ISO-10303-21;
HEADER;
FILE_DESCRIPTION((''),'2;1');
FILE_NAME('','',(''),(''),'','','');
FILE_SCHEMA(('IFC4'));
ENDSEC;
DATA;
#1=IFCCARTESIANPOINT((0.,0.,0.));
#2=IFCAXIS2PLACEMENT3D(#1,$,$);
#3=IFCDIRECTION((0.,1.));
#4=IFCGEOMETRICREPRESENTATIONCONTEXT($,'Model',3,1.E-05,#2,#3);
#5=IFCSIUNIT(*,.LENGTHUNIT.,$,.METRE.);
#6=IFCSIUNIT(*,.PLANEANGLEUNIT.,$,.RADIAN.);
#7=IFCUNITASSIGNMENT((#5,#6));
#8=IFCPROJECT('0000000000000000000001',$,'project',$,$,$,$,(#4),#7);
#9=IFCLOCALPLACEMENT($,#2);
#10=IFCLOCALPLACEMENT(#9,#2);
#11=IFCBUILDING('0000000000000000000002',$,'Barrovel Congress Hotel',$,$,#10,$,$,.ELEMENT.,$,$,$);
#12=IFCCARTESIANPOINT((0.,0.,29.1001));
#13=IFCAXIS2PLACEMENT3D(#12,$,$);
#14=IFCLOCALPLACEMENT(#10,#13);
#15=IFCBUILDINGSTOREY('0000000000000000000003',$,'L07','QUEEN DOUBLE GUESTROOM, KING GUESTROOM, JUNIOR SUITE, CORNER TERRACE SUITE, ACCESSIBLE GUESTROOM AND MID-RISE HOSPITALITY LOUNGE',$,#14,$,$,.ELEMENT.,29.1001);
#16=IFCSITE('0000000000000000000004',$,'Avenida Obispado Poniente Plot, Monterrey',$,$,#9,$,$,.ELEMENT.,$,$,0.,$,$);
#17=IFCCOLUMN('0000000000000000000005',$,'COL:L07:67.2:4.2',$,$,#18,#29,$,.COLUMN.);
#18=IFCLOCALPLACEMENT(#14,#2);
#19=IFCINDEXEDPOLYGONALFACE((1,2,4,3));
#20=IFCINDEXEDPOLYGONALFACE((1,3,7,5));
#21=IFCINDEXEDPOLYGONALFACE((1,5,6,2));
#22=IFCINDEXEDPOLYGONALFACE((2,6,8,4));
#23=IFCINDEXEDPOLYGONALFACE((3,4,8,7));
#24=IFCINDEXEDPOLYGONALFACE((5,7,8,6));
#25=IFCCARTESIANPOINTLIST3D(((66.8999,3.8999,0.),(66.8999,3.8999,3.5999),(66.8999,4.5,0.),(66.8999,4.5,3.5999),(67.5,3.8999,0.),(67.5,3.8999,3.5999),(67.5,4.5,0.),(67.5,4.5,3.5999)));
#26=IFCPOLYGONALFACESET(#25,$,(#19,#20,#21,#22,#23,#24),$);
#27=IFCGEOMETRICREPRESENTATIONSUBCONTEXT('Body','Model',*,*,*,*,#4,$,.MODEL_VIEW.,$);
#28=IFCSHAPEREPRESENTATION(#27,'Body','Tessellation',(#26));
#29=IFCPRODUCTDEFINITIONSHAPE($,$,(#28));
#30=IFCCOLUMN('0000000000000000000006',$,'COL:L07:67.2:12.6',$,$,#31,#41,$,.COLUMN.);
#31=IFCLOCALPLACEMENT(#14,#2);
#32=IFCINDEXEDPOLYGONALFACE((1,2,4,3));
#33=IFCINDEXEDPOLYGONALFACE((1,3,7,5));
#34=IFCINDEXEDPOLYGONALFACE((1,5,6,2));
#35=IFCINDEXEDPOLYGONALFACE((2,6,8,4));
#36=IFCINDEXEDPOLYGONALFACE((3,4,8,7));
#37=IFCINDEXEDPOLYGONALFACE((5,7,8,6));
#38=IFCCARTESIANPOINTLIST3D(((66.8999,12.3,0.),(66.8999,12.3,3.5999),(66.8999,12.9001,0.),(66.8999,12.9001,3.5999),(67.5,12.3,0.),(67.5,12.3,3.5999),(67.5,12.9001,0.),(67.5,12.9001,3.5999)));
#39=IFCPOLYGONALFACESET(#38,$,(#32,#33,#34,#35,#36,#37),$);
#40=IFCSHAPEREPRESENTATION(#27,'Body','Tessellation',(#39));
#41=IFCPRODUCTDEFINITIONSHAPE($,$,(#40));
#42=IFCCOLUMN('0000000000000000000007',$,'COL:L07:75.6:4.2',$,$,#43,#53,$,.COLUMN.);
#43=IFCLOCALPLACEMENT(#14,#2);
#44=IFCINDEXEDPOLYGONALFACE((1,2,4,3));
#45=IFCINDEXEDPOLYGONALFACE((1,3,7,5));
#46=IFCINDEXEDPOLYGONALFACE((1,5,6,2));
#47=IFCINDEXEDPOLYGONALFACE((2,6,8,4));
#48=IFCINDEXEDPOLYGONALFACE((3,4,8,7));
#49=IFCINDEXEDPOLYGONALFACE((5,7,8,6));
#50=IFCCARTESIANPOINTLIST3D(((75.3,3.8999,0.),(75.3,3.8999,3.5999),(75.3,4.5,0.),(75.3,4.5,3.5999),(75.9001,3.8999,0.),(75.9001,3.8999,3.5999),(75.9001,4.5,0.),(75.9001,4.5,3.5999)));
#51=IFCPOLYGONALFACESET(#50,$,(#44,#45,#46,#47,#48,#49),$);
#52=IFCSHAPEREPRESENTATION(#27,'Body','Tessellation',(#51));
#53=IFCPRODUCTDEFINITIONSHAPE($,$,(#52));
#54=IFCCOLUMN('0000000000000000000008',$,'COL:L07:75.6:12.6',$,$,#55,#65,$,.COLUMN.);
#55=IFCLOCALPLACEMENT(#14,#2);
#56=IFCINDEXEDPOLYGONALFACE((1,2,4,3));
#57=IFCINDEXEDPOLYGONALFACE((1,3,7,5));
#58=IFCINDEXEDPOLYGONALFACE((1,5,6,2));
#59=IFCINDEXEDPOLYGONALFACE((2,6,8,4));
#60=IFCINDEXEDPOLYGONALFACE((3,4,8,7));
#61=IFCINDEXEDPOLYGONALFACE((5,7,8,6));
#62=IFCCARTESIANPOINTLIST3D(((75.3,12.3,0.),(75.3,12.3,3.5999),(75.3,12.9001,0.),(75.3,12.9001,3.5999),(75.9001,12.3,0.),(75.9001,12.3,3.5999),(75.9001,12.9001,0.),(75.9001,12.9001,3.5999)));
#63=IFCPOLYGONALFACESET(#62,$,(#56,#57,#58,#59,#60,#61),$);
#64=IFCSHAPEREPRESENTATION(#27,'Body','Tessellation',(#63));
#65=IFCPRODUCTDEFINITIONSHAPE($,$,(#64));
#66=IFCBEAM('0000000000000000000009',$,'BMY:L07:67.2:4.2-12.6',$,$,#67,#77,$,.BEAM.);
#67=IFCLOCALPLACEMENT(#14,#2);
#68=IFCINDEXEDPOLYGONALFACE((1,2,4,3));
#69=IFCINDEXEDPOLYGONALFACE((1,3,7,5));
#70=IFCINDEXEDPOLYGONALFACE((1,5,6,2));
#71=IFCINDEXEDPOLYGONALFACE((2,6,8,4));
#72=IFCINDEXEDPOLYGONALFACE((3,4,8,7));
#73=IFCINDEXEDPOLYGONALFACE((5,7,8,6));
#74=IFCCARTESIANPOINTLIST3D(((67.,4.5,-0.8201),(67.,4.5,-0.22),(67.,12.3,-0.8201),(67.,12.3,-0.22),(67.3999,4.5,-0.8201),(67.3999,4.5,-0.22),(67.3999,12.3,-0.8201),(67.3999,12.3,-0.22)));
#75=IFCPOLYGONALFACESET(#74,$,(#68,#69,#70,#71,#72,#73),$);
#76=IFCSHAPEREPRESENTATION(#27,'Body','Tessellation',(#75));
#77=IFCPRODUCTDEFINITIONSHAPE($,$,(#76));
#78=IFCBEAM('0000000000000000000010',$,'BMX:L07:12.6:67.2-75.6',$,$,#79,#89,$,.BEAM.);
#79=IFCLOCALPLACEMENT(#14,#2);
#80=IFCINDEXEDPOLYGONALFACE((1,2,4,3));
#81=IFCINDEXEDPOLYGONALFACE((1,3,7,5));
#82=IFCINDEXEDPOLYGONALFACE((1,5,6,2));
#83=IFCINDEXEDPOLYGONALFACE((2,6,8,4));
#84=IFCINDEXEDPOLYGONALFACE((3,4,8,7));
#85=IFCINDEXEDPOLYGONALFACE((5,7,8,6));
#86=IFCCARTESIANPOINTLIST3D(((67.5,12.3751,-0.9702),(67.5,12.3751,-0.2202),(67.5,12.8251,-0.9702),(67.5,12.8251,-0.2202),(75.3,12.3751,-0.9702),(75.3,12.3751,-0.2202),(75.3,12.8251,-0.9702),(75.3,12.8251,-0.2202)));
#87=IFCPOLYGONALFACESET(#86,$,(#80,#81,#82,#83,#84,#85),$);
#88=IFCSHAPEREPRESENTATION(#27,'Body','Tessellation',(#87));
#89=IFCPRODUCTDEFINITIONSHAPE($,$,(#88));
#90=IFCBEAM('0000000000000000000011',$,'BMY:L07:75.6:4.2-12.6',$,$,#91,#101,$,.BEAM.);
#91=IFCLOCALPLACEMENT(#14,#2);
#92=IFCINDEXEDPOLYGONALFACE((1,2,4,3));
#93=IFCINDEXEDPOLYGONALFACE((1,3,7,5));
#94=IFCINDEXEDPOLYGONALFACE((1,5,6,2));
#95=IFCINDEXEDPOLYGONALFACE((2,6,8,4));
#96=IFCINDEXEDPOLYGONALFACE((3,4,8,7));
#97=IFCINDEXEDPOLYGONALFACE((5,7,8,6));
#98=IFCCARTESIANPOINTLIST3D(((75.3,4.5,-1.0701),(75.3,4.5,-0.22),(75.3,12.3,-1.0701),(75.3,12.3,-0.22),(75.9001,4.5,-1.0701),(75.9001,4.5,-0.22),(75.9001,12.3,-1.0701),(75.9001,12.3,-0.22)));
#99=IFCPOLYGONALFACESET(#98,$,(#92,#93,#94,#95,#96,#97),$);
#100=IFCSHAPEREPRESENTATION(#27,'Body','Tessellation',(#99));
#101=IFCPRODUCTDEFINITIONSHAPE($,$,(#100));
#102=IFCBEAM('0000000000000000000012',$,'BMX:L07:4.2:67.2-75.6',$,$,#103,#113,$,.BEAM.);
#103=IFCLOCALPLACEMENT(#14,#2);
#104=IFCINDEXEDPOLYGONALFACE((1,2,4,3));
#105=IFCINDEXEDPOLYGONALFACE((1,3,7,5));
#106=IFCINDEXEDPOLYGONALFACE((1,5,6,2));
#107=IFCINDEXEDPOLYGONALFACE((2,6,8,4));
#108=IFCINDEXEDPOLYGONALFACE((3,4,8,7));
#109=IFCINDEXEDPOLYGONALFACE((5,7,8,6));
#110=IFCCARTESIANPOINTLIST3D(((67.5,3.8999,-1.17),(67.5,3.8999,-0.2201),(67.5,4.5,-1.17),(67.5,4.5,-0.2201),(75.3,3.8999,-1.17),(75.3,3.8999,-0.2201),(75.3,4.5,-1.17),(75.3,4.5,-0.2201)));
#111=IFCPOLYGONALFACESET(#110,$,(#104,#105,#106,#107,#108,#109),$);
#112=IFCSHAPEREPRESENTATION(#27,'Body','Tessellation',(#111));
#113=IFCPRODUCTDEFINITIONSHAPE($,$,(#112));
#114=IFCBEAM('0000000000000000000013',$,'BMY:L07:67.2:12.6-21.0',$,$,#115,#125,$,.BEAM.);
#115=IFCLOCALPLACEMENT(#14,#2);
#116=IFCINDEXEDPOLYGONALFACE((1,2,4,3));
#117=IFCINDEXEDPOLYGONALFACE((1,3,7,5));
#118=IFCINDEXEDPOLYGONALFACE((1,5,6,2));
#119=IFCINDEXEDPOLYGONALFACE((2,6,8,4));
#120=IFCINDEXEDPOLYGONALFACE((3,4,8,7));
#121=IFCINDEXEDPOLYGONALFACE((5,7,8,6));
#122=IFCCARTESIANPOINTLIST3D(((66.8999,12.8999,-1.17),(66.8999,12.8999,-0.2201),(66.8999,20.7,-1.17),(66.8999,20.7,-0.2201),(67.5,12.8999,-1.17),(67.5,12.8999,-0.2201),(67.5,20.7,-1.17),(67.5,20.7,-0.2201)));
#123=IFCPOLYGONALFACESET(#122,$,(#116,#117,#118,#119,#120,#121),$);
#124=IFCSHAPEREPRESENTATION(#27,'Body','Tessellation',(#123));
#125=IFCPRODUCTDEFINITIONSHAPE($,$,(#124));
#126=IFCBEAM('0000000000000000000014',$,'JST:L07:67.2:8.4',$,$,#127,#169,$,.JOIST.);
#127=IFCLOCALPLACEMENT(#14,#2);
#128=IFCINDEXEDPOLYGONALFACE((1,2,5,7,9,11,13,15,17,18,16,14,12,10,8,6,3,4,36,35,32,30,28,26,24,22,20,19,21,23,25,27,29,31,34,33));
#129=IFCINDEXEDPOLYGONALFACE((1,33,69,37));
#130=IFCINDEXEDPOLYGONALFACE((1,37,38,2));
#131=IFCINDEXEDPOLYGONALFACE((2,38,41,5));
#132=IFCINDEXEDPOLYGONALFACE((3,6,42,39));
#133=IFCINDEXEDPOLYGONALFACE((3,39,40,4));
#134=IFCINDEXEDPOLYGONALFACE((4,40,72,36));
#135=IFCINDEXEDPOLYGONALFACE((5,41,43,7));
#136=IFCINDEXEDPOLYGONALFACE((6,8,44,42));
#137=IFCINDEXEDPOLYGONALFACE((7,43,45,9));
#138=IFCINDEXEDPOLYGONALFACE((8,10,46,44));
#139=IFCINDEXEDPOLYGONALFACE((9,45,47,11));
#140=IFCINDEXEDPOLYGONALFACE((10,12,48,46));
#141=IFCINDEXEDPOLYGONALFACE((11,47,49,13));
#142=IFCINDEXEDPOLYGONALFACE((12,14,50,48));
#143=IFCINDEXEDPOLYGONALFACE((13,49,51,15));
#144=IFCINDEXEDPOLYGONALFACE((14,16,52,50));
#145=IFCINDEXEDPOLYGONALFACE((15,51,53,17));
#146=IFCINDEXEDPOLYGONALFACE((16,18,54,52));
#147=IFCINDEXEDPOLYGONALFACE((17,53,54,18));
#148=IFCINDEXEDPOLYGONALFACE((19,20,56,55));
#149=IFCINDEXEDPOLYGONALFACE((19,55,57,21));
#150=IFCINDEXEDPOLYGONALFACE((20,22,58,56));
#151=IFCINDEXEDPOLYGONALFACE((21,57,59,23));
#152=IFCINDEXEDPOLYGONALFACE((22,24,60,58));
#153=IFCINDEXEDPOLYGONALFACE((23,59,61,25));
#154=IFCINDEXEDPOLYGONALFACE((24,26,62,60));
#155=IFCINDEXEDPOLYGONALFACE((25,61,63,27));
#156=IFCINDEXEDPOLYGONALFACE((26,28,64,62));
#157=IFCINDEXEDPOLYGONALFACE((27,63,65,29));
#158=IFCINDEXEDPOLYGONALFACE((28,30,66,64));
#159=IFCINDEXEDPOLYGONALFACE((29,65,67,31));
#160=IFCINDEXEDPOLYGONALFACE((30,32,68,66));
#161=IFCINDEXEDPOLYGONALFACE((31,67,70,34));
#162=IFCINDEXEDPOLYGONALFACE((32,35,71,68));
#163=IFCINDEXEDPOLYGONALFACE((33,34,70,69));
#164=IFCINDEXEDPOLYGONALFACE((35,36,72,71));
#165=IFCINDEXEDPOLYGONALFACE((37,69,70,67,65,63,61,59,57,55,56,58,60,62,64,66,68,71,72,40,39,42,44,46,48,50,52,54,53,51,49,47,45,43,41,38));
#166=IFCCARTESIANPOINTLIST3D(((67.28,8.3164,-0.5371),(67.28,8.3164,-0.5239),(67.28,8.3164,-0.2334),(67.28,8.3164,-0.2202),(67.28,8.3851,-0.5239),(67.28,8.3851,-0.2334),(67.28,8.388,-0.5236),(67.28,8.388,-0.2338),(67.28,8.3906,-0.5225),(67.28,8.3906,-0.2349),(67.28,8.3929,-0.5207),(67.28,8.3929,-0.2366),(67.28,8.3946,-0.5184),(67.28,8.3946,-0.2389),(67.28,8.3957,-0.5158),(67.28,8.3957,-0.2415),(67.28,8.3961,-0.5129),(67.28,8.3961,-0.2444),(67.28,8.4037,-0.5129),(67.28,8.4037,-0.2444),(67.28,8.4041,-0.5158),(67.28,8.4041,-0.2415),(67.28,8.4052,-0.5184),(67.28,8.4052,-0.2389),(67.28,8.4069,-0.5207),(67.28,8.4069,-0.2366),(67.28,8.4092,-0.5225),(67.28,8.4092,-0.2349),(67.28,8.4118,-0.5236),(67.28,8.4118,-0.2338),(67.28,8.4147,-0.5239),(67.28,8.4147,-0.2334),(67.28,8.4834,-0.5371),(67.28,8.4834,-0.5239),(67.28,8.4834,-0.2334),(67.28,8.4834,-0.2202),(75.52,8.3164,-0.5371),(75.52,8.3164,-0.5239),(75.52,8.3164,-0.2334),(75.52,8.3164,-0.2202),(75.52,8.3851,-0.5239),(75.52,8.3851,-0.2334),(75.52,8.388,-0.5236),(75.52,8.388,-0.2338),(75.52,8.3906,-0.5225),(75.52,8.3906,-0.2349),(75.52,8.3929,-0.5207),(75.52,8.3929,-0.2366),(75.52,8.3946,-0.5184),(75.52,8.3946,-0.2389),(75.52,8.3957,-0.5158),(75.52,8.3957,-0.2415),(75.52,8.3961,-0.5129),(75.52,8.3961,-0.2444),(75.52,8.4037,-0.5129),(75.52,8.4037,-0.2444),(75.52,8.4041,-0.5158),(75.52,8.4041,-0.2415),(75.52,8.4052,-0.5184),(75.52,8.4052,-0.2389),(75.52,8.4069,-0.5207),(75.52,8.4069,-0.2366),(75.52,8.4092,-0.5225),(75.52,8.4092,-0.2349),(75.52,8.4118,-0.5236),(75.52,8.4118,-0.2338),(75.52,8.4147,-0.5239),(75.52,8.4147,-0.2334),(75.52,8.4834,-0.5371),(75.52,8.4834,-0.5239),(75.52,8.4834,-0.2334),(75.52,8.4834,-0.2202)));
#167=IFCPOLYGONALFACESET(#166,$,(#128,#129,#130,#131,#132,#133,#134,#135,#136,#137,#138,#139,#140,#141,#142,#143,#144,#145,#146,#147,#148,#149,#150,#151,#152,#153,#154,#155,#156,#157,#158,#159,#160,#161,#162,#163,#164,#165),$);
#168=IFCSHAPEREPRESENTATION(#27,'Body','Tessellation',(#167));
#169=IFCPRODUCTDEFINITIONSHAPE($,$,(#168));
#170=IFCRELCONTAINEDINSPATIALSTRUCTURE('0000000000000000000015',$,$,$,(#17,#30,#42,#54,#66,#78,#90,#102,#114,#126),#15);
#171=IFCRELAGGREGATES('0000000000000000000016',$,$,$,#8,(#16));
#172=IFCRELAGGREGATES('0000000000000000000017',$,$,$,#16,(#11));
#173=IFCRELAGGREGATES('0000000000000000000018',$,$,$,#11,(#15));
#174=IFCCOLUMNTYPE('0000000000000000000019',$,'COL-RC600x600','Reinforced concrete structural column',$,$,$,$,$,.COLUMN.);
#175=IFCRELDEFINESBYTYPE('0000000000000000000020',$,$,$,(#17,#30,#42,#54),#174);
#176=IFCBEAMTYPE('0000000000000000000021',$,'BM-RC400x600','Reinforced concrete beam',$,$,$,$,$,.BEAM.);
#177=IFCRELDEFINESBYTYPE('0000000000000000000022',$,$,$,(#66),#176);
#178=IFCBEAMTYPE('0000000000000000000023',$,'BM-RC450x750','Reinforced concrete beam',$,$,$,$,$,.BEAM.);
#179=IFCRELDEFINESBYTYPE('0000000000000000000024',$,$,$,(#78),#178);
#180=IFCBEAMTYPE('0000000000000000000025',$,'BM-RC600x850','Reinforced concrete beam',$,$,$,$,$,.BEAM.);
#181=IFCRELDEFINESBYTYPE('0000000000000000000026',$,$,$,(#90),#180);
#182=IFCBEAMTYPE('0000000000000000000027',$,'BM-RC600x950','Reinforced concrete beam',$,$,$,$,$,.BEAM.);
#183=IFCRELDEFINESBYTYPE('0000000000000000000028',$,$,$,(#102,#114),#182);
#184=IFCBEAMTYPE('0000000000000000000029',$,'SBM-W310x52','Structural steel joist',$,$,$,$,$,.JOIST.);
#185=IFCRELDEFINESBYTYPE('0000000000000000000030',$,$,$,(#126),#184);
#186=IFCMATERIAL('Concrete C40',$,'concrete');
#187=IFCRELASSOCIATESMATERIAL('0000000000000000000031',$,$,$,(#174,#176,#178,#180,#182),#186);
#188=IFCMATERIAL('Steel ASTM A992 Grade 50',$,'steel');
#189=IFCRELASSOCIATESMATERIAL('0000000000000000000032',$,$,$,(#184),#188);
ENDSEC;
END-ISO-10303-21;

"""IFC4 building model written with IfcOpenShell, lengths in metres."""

from ifc_helpers import new_model, si_unit, direction, frame, origin, origin_2d, place, context, subcontext, project, spatial, rectangle, i_section, extrude, material, material_profile, profile_set, type_object, element, save


model = new_model("IFC4")

# Units and contexts
model_context = context("Model", 3, precision=1e-05, world=origin(), true_north=direction((0.0, 1.0)))
body_context = subcontext(model_context, "Body", "Model", "MODEL_VIEW")
ifc_project = project(units=[si_unit("LENGTHUNIT", "METRE"), si_unit("PLANEANGLEUNIT", "RADIAN")], contexts=[model_context])

# Site, building, storey
site_placement = place(None, origin())
site = spatial("IfcSite", under=ifc_project, at=site_placement, Name="Avenida Obispado Poniente Plot, Monterrey", CompositionType="ELEMENT", RefElevation=0.0)
building_placement = place(site_placement, origin())
building = spatial("IfcBuilding", under=site, at=building_placement, Name="Barrovel Congress Hotel", CompositionType="ELEMENT")
storey_placement = place(building_placement, frame((0.0, 0.0, 29.1001)))
storey = spatial("IfcBuildingStorey", under=building, at=storey_placement, Name="L07", Description="QUEEN DOUBLE GUESTROOM, KING GUESTROOM, JUNIOR SUITE, CORNER TERRACE SUITE, ACCESSIBLE GUESTROOM AND MID-RISE HOSPITALITY LOUNGE", CompositionType="ELEMENT", Elevation=29.1001)

# Columns
ifc_material_1 = material(Name="Concrete C40", Category="concrete")
ifc_material_profile_1 = material_profile(ifc_material_1, rectangle(XDim=0.6001, YDim=0.6001, at=origin_2d()), Name="RC600x600")
ifc_profile_set_1 = profile_set([ifc_material_profile_1], Name="Concrete C40")
column_type = type_object("IfcColumnType", Name="COL-RC600x600", Description="Reinforced concrete structural column", PredefinedType="COLUMN", material=ifc_profile_set_1)
for number, where, z_axis, x_axis, name in (
    (1, (67.2, 4.2, 0.0), (0.0, 0.0, 1.0), (1.0, 0.0, 0.0), "COL:L07:67.2:4.2"),
    (2, (67.2, 12.6001, 0.0), (0.0, 0.0, 1.0), (1.0, 0.0, 0.0), "COL:L07:67.2:12.6"),
    (3, (75.6001, 4.2, 0.0), (0.0, 0.0, 1.0), (1.0, 0.0, 0.0), "COL:L07:75.6:4.2"),
    (4, (75.6001, 12.6001, 0.0), (0.0, 0.0, 1.0), (1.0, 0.0, 0.0), "COL:L07:75.6:12.6"),
):
    element("IfcColumn", number, at=place(storey_placement, frame(where, z_axis=z_axis, x_axis=x_axis)), inside=storey, type_object=column_type, Name=name, PredefinedType="COLUMN", context=body_context, shape_type="SweptSolid", body=[
        extrude(rectangle(XDim=0.6001, YDim=0.6001, at=origin_2d()), origin(), (0.0, 0.0, 1.0), 3.5999),
    ])

# Beams
ifc_material_profile_2 = material_profile(ifc_material_1, rectangle(XDim=0.3999, YDim=0.6001, at=origin_2d()), Name="RC400x600")
ifc_profile_set_2 = profile_set([ifc_material_profile_2], Name="Concrete C40")
beam_type_1 = type_object("IfcBeamType", Name="BM-RC400x600", Description="Reinforced concrete beam", PredefinedType="BEAM", material=ifc_profile_set_2)
beam_1_placement = place(storey_placement, frame((67.2, 4.5, -0.52), z_axis=(0.0, 1.0, 0.0), x_axis=(-1.0, 0.0, 0.0)))
element("IfcBeam", 5, at=beam_1_placement, inside=storey, type_object=beam_type_1, Name="BMY:L07:67.2:4.2-12.6", PredefinedType="BEAM", context=body_context, shape_type="SweptSolid", body=[
    extrude(rectangle(XDim=0.3999, YDim=0.6001, at=origin_2d()), origin(), (0.0, 0.0, 1.0), 7.8),
])
ifc_material_profile_3 = material_profile(ifc_material_1, rectangle(XDim=0.45, YDim=0.75, at=origin_2d()), Name="RC450x750")
ifc_profile_set_3 = profile_set([ifc_material_profile_3], Name="Concrete C40")
beam_type_2 = type_object("IfcBeamType", Name="BM-RC450x750", Description="Reinforced concrete beam", PredefinedType="BEAM", material=ifc_profile_set_3)
beam_2_placement = place(storey_placement, frame((67.5, 12.6001, -0.5952), z_axis=(1.0, 0.0, 0.0), x_axis=(0.0, 1.0, 0.0)))
element("IfcBeam", 6, at=beam_2_placement, inside=storey, type_object=beam_type_2, Name="BMX:L07:12.6:67.2-75.6", PredefinedType="BEAM", context=body_context, shape_type="SweptSolid", body=[
    extrude(rectangle(XDim=0.45, YDim=0.75, at=origin_2d()), origin(), (0.0, 0.0, 1.0), 7.8),
])
ifc_material_profile_4 = material_profile(ifc_material_1, rectangle(XDim=0.6001, YDim=0.8501, at=origin_2d()), Name="RC600x850")
ifc_profile_set_4 = profile_set([ifc_material_profile_4], Name="Concrete C40")
beam_type_3 = type_object("IfcBeamType", Name="BM-RC600x850", Description="Reinforced concrete beam", PredefinedType="BEAM", material=ifc_profile_set_4)
beam_3_placement = place(storey_placement, frame((75.6001, 4.5, -0.645), z_axis=(0.0, 1.0, 0.0), x_axis=(-1.0, 0.0, 0.0)))
element("IfcBeam", 7, at=beam_3_placement, inside=storey, type_object=beam_type_3, Name="BMY:L07:75.6:4.2-12.6", PredefinedType="BEAM", context=body_context, shape_type="SweptSolid", body=[
    extrude(rectangle(XDim=0.6001, YDim=0.8501, at=origin_2d()), origin(), (0.0, 0.0, 1.0), 7.8),
])
ifc_material_profile_5 = material_profile(ifc_material_1, rectangle(XDim=0.6001, YDim=0.95, at=origin_2d()), Name="RC600x950")
ifc_profile_set_5 = profile_set([ifc_material_profile_5], Name="Concrete C40")
beam_type_4 = type_object("IfcBeamType", Name="BM-RC600x950", Description="Reinforced concrete beam", PredefinedType="BEAM", material=ifc_profile_set_5)
for number, where, z_axis, x_axis, name in (
    (8, (67.5, 4.2, -0.6951), (1.0, 0.0, 0.0), (0.0, 1.0, 0.0), "BMX:L07:4.2:67.2-75.6"),
    (9, (67.2, 12.8999, -0.6951), (0.0, 1.0, 0.0), (-1.0, 0.0, 0.0), "BMY:L07:67.2:12.6-21.0"),
):
    element("IfcBeam", number, at=place(storey_placement, frame(where, z_axis=z_axis, x_axis=x_axis)), inside=storey, type_object=beam_type_4, Name=name, PredefinedType="BEAM", context=body_context, shape_type="SweptSolid", body=[
        extrude(rectangle(XDim=0.6001, YDim=0.95, at=origin_2d()), origin(), (0.0, 0.0, 1.0), 7.8),
    ])
ifc_material_2 = material(Name="Steel ASTM A992 Grade 50", Category="steel")
ifc_material_profile_6 = material_profile(ifc_material_2, i_section(OverallWidth=0.167, OverallDepth=0.3169, WebThickness=0.0076, FlangeThickness=0.0132, FilletRadius=0.011, at=origin_2d()), Name="W310x52")
ifc_profile_set_6 = profile_set([ifc_material_profile_6], Name="Steel ASTM A992 Grade 50")
beam_type_5 = type_object("IfcBeamType", Name="SBM-W310x52", Description="Structural steel joist", PredefinedType="JOIST", material=ifc_profile_set_6)
beam_4_placement = place(storey_placement, frame((67.28, 8.3999, -0.3787), z_axis=(1.0, 0.0, 0.0), x_axis=(0.0, 1.0, 0.0)))
element("IfcBeam", 10, at=beam_4_placement, inside=storey, type_object=beam_type_5, Name="JST:L07:67.2:8.4", PredefinedType="JOIST", context=body_context, shape_type="SweptSolid", body=[
    extrude(i_section(OverallWidth=0.167, OverallDepth=0.3169, WebThickness=0.0076, FlangeThickness=0.0132, FilletRadius=0.011, at=origin_2d()), origin(), (0.0, 0.0, 1.0), 8.24),
])

save(model, "model.ifc")
